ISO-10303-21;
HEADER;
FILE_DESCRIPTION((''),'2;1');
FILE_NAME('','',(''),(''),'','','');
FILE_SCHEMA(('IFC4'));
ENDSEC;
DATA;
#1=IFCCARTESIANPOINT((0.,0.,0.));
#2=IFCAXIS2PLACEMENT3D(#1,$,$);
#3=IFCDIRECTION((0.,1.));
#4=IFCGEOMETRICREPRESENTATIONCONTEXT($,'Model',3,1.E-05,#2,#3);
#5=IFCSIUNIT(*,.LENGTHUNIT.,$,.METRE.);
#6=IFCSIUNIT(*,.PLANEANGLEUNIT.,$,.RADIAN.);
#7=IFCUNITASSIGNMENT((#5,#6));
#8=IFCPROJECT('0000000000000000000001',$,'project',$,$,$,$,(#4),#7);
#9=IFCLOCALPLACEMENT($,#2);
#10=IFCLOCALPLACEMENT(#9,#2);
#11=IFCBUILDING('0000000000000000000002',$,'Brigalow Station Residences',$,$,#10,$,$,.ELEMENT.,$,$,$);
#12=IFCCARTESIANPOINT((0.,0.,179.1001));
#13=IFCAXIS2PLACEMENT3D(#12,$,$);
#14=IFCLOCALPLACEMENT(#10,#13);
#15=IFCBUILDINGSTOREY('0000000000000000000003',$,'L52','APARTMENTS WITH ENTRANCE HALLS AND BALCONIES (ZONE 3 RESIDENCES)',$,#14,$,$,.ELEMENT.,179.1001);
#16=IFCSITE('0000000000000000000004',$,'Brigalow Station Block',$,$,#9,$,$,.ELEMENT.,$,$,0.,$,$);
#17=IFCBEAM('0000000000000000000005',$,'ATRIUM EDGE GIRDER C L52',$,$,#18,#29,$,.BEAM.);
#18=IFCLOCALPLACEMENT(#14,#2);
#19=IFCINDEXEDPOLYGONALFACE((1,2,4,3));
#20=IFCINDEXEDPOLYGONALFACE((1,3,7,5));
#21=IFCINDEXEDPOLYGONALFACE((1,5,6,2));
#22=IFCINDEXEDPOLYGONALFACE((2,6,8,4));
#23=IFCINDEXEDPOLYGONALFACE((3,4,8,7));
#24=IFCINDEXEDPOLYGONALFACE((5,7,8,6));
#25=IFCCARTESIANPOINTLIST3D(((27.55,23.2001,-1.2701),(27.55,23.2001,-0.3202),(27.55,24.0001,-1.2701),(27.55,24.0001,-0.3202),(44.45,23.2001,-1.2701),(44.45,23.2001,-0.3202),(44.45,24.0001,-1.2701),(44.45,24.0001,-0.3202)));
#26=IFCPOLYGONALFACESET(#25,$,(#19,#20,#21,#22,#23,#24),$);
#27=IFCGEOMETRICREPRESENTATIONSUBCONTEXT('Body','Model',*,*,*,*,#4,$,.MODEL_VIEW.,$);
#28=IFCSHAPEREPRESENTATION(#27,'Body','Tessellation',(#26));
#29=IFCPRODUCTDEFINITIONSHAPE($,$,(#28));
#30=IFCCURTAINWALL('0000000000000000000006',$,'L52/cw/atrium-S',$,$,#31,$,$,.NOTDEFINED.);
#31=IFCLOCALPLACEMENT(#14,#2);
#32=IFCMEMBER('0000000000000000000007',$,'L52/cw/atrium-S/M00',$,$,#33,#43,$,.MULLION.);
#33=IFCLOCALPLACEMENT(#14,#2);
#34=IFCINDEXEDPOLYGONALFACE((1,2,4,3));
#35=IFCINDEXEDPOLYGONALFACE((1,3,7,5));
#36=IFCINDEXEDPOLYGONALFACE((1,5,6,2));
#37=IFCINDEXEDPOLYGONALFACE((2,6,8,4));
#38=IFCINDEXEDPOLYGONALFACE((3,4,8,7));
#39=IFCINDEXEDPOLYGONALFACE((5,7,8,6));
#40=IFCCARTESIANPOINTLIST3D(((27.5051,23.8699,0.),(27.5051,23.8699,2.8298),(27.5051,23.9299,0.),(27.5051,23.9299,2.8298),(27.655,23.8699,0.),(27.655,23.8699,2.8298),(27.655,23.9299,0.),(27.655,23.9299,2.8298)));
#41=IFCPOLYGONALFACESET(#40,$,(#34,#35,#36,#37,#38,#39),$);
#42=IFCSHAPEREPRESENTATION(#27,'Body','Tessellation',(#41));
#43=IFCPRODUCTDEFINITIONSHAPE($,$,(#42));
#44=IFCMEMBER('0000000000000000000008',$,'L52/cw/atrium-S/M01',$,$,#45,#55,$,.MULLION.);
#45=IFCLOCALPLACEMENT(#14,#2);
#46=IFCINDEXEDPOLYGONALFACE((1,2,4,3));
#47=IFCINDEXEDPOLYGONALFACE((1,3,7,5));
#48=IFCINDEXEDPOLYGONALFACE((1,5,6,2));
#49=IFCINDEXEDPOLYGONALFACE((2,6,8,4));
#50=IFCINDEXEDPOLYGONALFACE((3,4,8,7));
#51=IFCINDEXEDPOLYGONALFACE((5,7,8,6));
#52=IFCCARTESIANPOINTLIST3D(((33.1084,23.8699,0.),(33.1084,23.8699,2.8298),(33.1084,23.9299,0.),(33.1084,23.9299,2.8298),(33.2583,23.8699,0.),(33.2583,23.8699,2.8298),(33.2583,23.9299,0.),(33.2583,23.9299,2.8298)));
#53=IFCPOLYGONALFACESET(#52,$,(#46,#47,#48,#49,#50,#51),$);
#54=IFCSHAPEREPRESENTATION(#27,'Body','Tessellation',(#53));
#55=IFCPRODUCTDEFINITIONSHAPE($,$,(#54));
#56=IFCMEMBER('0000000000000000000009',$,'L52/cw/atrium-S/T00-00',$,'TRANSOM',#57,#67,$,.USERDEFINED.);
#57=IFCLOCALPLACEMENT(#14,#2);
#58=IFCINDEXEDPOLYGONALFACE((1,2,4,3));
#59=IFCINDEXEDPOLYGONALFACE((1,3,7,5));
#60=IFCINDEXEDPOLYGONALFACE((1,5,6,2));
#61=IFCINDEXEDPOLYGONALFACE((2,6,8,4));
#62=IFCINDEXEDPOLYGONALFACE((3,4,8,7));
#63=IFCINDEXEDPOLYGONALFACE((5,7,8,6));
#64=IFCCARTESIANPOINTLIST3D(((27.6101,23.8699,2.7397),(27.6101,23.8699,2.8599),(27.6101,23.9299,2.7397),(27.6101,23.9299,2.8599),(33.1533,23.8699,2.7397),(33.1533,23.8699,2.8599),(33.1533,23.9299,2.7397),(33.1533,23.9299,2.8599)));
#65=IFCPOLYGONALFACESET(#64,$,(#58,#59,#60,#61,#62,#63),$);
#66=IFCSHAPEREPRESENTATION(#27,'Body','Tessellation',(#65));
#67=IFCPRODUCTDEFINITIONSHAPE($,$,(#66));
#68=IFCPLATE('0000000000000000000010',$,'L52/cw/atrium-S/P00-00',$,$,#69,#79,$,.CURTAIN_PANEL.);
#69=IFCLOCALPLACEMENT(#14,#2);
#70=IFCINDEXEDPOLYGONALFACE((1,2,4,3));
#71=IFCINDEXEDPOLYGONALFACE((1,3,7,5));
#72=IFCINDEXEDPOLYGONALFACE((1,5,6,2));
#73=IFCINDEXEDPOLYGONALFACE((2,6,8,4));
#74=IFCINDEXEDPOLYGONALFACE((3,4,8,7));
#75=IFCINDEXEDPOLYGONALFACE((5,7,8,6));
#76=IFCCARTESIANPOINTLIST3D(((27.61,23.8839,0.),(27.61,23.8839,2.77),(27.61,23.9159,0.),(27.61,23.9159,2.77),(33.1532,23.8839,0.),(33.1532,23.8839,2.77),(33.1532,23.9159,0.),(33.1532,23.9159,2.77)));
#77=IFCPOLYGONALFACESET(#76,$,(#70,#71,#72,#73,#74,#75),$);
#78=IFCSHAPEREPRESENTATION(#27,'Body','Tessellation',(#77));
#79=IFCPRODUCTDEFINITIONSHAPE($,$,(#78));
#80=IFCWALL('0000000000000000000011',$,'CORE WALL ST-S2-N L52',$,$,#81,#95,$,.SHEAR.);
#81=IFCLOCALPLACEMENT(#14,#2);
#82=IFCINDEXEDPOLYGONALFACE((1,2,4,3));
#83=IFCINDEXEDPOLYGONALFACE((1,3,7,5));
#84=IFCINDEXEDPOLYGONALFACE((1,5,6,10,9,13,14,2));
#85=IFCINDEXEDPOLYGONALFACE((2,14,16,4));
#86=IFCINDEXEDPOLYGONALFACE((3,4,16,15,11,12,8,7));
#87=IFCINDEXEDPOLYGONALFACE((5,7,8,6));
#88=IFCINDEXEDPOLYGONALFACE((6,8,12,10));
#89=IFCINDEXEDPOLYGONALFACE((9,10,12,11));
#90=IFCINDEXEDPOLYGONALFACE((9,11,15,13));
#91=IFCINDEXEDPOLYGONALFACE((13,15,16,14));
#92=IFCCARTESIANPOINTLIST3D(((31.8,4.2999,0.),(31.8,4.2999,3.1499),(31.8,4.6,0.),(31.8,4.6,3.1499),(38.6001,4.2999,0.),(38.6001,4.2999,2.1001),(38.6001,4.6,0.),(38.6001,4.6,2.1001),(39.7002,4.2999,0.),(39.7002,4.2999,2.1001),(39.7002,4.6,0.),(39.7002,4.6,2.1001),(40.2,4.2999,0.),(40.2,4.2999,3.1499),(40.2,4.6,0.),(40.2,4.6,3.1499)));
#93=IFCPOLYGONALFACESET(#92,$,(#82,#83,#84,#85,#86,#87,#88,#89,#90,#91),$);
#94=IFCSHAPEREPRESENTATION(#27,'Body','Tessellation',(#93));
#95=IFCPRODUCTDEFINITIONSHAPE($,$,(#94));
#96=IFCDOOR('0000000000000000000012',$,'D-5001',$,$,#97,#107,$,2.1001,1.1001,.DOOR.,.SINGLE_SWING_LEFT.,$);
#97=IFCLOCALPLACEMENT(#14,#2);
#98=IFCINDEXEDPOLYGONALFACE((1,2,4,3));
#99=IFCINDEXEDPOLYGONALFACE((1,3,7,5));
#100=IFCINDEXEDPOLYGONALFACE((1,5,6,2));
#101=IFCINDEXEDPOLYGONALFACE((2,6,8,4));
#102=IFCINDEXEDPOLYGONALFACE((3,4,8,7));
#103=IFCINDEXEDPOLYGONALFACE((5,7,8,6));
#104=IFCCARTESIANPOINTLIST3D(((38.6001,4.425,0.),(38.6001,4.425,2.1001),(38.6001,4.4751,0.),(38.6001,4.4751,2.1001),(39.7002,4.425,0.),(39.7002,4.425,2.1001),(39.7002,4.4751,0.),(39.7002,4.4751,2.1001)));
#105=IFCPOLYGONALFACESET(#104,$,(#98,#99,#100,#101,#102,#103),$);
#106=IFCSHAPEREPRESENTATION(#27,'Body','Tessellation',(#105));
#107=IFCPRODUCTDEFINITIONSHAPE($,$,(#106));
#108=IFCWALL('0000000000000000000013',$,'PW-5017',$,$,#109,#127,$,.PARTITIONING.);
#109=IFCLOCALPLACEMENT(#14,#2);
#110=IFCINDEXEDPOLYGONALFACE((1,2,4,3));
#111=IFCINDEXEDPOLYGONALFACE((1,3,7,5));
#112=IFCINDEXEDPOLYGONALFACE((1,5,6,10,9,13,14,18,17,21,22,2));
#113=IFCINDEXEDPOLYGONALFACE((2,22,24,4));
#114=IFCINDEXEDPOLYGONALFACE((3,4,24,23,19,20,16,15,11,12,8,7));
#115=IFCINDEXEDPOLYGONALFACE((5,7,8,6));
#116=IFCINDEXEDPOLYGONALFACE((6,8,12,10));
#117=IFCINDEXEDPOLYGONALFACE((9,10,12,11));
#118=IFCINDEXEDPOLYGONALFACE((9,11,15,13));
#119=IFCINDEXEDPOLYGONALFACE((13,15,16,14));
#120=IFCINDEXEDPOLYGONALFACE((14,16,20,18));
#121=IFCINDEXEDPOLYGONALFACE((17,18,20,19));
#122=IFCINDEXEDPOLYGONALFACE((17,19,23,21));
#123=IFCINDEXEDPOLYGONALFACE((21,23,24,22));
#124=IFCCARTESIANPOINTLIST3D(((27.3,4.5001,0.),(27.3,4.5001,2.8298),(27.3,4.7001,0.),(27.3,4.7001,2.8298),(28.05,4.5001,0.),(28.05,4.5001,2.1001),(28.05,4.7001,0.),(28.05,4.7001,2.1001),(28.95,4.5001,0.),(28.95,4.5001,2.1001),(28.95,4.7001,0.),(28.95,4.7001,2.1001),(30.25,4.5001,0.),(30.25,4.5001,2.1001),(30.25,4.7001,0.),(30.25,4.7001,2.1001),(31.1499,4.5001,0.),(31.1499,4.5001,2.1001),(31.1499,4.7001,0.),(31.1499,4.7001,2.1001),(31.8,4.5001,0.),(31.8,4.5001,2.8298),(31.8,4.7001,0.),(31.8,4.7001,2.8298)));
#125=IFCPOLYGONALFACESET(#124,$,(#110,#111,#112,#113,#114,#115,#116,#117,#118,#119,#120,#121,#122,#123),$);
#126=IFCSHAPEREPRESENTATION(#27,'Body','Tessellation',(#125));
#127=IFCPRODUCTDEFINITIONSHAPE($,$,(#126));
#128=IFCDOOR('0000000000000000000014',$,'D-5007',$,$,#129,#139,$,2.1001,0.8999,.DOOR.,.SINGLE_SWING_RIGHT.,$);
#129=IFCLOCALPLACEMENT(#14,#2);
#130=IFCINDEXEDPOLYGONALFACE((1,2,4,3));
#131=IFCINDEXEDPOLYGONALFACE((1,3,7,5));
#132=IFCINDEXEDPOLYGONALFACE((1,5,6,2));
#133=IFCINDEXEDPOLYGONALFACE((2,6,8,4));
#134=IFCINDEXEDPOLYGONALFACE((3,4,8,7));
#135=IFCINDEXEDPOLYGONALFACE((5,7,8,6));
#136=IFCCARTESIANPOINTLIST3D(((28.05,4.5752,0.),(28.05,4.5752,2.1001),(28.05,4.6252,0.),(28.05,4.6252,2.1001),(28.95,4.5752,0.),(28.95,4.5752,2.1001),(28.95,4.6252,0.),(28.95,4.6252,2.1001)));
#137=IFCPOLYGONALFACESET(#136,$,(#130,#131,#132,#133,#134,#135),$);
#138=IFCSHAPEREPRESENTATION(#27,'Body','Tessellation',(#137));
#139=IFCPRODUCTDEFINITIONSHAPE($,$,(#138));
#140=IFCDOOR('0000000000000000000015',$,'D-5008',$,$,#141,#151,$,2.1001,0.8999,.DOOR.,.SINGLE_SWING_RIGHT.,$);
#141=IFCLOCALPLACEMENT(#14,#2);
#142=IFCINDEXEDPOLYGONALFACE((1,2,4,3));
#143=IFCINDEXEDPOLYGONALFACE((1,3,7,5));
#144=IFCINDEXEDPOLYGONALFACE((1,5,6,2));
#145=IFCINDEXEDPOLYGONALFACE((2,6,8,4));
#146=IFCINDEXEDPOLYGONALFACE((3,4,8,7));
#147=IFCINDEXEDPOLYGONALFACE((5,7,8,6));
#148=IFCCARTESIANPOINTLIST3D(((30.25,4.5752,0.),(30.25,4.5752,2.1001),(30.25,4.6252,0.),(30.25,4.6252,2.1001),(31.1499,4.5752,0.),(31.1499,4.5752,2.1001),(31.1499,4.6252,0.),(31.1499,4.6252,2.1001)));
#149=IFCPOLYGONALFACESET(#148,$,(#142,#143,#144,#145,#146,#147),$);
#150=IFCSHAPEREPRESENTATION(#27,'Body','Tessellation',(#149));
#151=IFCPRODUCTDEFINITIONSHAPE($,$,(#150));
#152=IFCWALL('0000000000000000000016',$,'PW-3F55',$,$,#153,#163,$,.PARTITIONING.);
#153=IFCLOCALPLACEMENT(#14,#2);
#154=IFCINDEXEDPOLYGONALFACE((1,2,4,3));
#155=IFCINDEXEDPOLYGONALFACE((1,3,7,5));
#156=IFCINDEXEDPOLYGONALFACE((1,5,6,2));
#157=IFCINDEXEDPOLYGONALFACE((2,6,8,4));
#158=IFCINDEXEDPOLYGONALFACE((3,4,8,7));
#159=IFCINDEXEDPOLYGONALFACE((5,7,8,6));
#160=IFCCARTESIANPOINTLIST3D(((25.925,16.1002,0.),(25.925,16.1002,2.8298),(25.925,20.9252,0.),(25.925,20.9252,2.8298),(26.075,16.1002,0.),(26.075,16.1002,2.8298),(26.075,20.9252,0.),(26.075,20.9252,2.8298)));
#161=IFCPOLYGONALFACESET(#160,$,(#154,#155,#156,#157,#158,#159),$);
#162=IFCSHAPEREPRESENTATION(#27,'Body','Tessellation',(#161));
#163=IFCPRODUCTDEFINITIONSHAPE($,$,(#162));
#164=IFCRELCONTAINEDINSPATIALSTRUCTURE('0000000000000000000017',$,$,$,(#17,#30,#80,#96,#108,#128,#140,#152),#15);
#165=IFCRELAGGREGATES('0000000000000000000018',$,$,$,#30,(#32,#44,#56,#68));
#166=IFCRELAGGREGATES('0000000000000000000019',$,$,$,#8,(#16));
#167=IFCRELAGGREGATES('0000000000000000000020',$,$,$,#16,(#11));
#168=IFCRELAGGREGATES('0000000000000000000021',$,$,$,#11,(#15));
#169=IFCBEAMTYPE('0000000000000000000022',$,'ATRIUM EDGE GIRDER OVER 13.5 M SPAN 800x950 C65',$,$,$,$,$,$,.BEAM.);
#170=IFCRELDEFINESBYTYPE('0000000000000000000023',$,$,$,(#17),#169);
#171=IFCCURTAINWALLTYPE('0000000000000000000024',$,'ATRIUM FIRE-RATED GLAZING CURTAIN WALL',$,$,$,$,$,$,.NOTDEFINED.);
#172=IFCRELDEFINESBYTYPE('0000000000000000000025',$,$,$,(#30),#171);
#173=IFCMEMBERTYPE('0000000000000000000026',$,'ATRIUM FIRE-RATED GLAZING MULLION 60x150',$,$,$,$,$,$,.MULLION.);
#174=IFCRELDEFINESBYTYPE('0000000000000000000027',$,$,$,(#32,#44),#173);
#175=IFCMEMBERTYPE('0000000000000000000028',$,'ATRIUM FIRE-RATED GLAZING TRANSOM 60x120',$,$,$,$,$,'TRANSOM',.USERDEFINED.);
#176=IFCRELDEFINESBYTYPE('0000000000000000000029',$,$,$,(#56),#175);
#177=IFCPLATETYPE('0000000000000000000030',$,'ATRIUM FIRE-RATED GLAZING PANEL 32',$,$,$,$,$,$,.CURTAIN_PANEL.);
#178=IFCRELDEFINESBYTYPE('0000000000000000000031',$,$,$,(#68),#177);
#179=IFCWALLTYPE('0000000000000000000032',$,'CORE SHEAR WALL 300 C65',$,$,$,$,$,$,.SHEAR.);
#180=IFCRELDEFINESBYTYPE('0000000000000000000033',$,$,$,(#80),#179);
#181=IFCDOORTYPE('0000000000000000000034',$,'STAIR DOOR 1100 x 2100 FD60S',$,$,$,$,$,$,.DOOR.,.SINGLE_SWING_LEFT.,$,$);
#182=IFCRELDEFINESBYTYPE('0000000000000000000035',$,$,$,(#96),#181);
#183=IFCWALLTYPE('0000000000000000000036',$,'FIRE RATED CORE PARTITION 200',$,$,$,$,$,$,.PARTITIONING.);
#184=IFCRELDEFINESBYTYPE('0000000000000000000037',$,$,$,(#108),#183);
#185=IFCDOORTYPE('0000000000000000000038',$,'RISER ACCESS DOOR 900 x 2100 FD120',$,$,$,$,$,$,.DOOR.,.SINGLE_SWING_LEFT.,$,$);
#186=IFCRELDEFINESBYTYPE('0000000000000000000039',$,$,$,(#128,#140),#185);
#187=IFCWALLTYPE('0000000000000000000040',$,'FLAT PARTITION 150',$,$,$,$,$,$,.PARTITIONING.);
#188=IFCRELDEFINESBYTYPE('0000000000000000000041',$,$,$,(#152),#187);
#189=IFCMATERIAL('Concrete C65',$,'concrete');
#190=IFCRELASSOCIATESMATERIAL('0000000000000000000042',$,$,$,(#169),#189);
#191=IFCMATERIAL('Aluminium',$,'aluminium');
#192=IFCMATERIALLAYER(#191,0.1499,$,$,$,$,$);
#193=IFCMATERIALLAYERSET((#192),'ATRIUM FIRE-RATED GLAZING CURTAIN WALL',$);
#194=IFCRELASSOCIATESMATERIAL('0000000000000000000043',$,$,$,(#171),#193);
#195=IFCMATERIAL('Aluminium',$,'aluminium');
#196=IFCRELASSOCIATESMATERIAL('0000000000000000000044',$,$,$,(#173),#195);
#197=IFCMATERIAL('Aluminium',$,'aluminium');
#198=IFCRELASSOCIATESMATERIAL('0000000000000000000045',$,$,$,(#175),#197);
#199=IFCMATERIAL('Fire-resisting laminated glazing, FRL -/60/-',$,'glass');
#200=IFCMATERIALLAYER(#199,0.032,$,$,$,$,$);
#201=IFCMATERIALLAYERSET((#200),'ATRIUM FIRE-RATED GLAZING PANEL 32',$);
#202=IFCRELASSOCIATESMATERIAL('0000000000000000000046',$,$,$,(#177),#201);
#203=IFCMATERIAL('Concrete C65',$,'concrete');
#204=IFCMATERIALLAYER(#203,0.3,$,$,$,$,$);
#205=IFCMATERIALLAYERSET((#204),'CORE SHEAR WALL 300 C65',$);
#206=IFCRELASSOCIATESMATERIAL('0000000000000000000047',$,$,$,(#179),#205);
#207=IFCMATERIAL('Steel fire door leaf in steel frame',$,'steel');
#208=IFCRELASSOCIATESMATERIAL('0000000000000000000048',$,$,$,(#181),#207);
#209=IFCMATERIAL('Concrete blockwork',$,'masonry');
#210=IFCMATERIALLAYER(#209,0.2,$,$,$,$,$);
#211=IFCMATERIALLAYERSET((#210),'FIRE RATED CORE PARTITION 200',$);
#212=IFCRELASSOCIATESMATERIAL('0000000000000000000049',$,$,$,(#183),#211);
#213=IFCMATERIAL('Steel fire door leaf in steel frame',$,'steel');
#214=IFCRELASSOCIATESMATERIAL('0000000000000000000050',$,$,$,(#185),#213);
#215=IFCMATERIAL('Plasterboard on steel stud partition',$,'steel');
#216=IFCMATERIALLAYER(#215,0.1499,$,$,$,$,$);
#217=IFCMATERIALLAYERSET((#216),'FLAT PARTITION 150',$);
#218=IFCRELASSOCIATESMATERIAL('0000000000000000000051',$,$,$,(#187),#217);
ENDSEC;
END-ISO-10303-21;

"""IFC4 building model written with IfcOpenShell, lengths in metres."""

from ifc_helpers import new_model, si_unit, direction, frame, frame_2d, origin, origin_2d, place, context, subcontext, project, spatial, rectangle, extrude, material, layer, layer_set, material_profile, profile_set, type_object, element, fill, aggregate, save


model = new_model("IFC4")

# Units and contexts
model_context = context("Model", 3, precision=1e-05, world=origin(), true_north=direction((0.0, 1.0)))
body_context = subcontext(model_context, "Body", "Model", "MODEL_VIEW")
ifc_project = project(units=[si_unit("LENGTHUNIT", "METRE"), si_unit("PLANEANGLEUNIT", "RADIAN")], contexts=[model_context])

# Site, building, storey
site_placement = place(None, origin())
site = spatial("IfcSite", under=ifc_project, at=site_placement, Name="Brigalow Station Block", CompositionType="ELEMENT", RefElevation=0.0)
building_placement = place(site_placement, origin())
building = spatial("IfcBuilding", under=site, at=building_placement, Name="Brigalow Station Residences", CompositionType="ELEMENT")
storey_placement = place(building_placement, frame((0.0, 0.0, 179.1001)))
storey = spatial("IfcBuildingStorey", under=building, at=storey_placement, Name="L52", Description="APARTMENTS WITH ENTRANCE HALLS AND BALCONIES (ZONE 3 RESIDENCES)", CompositionType="ELEMENT", Elevation=179.1001)

# Beam
ifc_material_1 = material(Name="Concrete C65", Category="concrete")
ifc_material_profile_1 = material_profile(ifc_material_1, rectangle(XDim=0.8, YDim=0.95, at=origin_2d()), Name="RC800x950")
ifc_profile_set_1 = profile_set([ifc_material_profile_1], Name="Concrete C65")
beam_type = type_object("IfcBeamType", Name="ATRIUM EDGE GIRDER OVER 13.5 M SPAN 800x950 C65", PredefinedType="BEAM", material=ifc_profile_set_1)
beam_placement = place(storey_placement, frame((27.55, 23.6001, -0.7952), z_axis=(1.0, 0.0, 0.0), x_axis=(0.0, 1.0, 0.0)))
element("IfcBeam", 1, at=beam_placement, inside=storey, type_object=beam_type, Name="ATRIUM EDGE GIRDER C L52", PredefinedType="BEAM", context=body_context, shape_type="SweptSolid", body=[
    extrude(rectangle(XDim=0.8, YDim=0.95, at=origin_2d()), origin(), (0.0, 0.0, 1.0), 16.8999),
])

# Curtain wall, members, plate
ifc_material_2 = material(Name="Aluminium", Category="aluminium")
ifc_layer_1 = layer(ifc_material_2, 0.1499)
ifc_layer_set_1 = layer_set([ifc_layer_1], Name="ATRIUM FIRE-RATED GLAZING CURTAIN WALL")
curtain_wall_type = type_object("IfcCurtainWallType", Name="ATRIUM FIRE-RATED GLAZING CURTAIN WALL", PredefinedType="NOTDEFINED", material=ifc_layer_set_1)
curtain_wall_placement = place(storey_placement, origin())
curtain_wall = element("IfcCurtainWall", 2, at=curtain_wall_placement, inside=storey, type_object=curtain_wall_type, Name="L52/cw/atrium-S", PredefinedType="NOTDEFINED")
ifc_material_3 = material(Name="Aluminium", Category="aluminium")
ifc_material_profile_2 = material_profile(ifc_material_3, rectangle(XDim=0.0601, YDim=0.1499, at=origin_2d()), Name="ATRIUM FIRE-RATED GLAZING MULLION 60x150")
ifc_profile_set_2 = profile_set([ifc_material_profile_2], Name="Aluminium")
member_type_1 = type_object("IfcMemberType", Name="ATRIUM FIRE-RATED GLAZING MULLION 60x150", PredefinedType="MULLION", material=ifc_profile_set_2)
member_1_placement = place(storey_placement, frame((27.5801, 23.8999, 0.0), z_axis=(0.0, 0.0, 1.0), x_axis=(0.0, 1.0, 0.0)))
member_1 = element("IfcMember", 3, at=member_1_placement, type_object=member_type_1, Name="L52/cw/atrium-S/M00", PredefinedType="MULLION", context=body_context, shape_type="SweptSolid", body=[
    extrude(rectangle(XDim=0.0601, YDim=0.1499, at=origin_2d()), origin(), (0.0, 0.0, 1.0), 2.8298),
])
member_2_placement = place(storey_placement, frame((33.1833, 23.8999, 0.0), z_axis=(0.0, 0.0, 1.0), x_axis=(0.0, 1.0, 0.0)))
member_2 = element("IfcMember", 4, at=member_2_placement, type_object=member_type_1, Name="L52/cw/atrium-S/M01", PredefinedType="MULLION", context=body_context, shape_type="SweptSolid", body=[
    extrude(rectangle(XDim=0.0601, YDim=0.1499, at=origin_2d()), origin(), (0.0, 0.0, 1.0), 2.8298),
])
ifc_material_4 = material(Name="Aluminium", Category="aluminium")
ifc_material_profile_3 = material_profile(ifc_material_4, rectangle(XDim=0.0601, YDim=0.1201, at=origin_2d()), Name="ATRIUM FIRE-RATED GLAZING TRANSOM 60x120")
ifc_profile_set_3 = profile_set([ifc_material_profile_3], Name="Aluminium")
member_type_2 = type_object("IfcMemberType", Name="ATRIUM FIRE-RATED GLAZING TRANSOM 60x120", ElementType="TRANSOM", PredefinedType="USERDEFINED", material=ifc_profile_set_3)
member_3_placement = place(storey_placement, frame((27.6101, 23.8999, 2.7998), z_axis=(1.0, 0.0, 0.0), x_axis=(0.0, 1.0, 0.0)))
member_3 = element("IfcMember", 5, at=member_3_placement, type_object=member_type_2, Name="L52/cw/atrium-S/T00-00", ObjectType="TRANSOM", PredefinedType="USERDEFINED", context=body_context, shape_type="SweptSolid", body=[
    extrude(rectangle(XDim=0.0601, YDim=0.1201, at=origin_2d()), origin(), (0.0, 0.0, 1.0), 5.5432),
])
ifc_material_5 = material(Name="Fire-resisting laminated glazing, FRL -/60/-", Category="glass")
ifc_layer_2 = layer(ifc_material_5, 0.032)
ifc_layer_set_2 = layer_set([ifc_layer_2], Name="ATRIUM FIRE-RATED GLAZING PANEL 32")
plate_type = type_object("IfcPlateType", Name="ATRIUM FIRE-RATED GLAZING PANEL 32", PredefinedType="CURTAIN_PANEL", material=ifc_layer_set_2)
plate_placement = place(storey_placement, frame((30.3816, 23.8999, 0.0), z_axis=(0.0, 0.0, 1.0), x_axis=(1.0, 0.0, 0.0)))
plate = element("IfcPlate", 6, at=plate_placement, type_object=plate_type, Name="L52/cw/atrium-S/P00-00", PredefinedType="CURTAIN_PANEL", context=body_context, shape_type="SweptSolid", body=[
    extrude(rectangle(XDim=5.5432, YDim=0.032, at=origin_2d()), origin(), (0.0, 0.0, 1.0), 2.77),
])
aggregate(curtain_wall, [member_1, member_2, member_3, plate])

# Wall, opening, door
ifc_material_6 = material(Name="Concrete C65", Category="concrete")
ifc_layer_3 = layer(ifc_material_6, 0.3)
ifc_layer_set_3 = layer_set([ifc_layer_3], Name="CORE SHEAR WALL 300 C65")
wall_type_1 = type_object("IfcWallType", Name="CORE SHEAR WALL 300 C65", PredefinedType="SHEAR", material=ifc_layer_set_3)
wall_1_placement = place(storey_placement, frame((31.8, 4.45, 0.0), z_axis=(0.0, 0.0, 1.0), x_axis=(1.0, 0.0, 0.0)))
wall_1 = element("IfcWall", 7, at=wall_1_placement, inside=storey, type_object=wall_type_1, Name="CORE WALL ST-S2-N L52", PredefinedType="SHEAR", context=body_context, shape_type="SweptSolid", body=[
    extrude(rectangle(XDim=8.3999, YDim=0.3, at=frame_2d((4.2, 0.0))), origin(), (0.0, 0.0, 1.0), 3.1499),
])
opening_1_placement = place(wall_1_placement, frame((6.8, 0.0, 0.0)))
opening_1 = element("IfcOpeningElement", 8, at=opening_1_placement, cuts=wall_1, PredefinedType="OPENING", context=body_context, shape_type="SweptSolid", body=[
    extrude(rectangle(XDim=1.1001, YDim=2.1001, at=frame_2d((0.55, 1.05))), frame((0.0, 0.1602, 0.0), z_axis=(0.0, -1.0, 0.0), x_axis=(1.0, 0.0, 0.0)), (0.0, 0.0, 1.0), 0.3201),
])
ifc_material_7 = material(Name="Steel fire door leaf in steel frame", Category="steel")
door_type_1 = type_object("IfcDoorType", Name="STAIR DOOR 1100 x 2100 FD60S", OperationType="SINGLE_SWING_LEFT", PredefinedType="DOOR", material=ifc_material_7)
door_1_placement = place(opening_1_placement, frame((1.1001, 0.0, 0.0), z_axis=(0.0, 0.0, 1.0), x_axis=(-1.0, 0.0, 0.0)))
door_1 = element("IfcDoor", 9, at=door_1_placement, inside=storey, type_object=door_type_1, Name="D-5001", OperationType="SINGLE_SWING_LEFT", OverallHeight=2.1001, OverallWidth=1.1001, PredefinedType="DOOR", context=body_context, shape_type="SweptSolid", body=[
    extrude(rectangle(XDim=1.1001, YDim=2.1001, at=frame_2d((0.55, 1.05))), frame((0.0, 0.0249, 0.0), z_axis=(0.0, -1.0, 0.0), x_axis=(1.0, 0.0, 0.0)), (0.0, 0.0, 1.0), 0.05),
])
fill(opening_1, door_1)

# Wall, openings, doors
ifc_material_8 = material(Name="Concrete blockwork", Category="masonry")
ifc_layer_4 = layer(ifc_material_8, 0.2)
ifc_layer_set_4 = layer_set([ifc_layer_4], Name="FIRE RATED CORE PARTITION 200")
wall_type_2 = type_object("IfcWallType", Name="FIRE RATED CORE PARTITION 200", PredefinedType="PARTITIONING", material=ifc_layer_set_4)
wall_2_placement = place(storey_placement, frame((27.3, 4.6001, 0.0), z_axis=(0.0, 0.0, 1.0), x_axis=(1.0, 0.0, 0.0)))
wall_2 = element("IfcWall", 10, at=wall_2_placement, inside=storey, type_object=wall_type_2, Name="PW-5017", PredefinedType="PARTITIONING", context=body_context, shape_type="SweptSolid", body=[
    extrude(rectangle(XDim=4.5, YDim=0.2, at=frame_2d((2.25, 0.0))), origin(), (0.0, 0.0, 1.0), 2.8298),
])
opening_2_placement = place(wall_2_placement, frame((0.75, 0.0, 0.0)))
opening_2 = element("IfcOpeningElement", 11, at=opening_2_placement, cuts=wall_2, PredefinedType="OPENING", context=body_context, shape_type="SweptSolid", body=[
    extrude(rectangle(XDim=0.8999, YDim=2.1001, at=frame_2d((0.45, 1.05))), frame((0.0, 0.1099, 0.0), z_axis=(0.0, -1.0, 0.0), x_axis=(1.0, 0.0, 0.0)), (0.0, 0.0, 1.0), 0.22),
])
opening_3_placement = place(wall_2_placement, frame((2.95, 0.0, 0.0)))
opening_3 = element("IfcOpeningElement", 12, at=opening_3_placement, cuts=wall_2, PredefinedType="OPENING", context=body_context, shape_type="SweptSolid", body=[
    extrude(rectangle(XDim=0.8999, YDim=2.1001, at=frame_2d((0.45, 1.05))), frame((0.0, 0.1099, 0.0), z_axis=(0.0, -1.0, 0.0), x_axis=(1.0, 0.0, 0.0)), (0.0, 0.0, 1.0), 0.22),
])
ifc_material_9 = material(Name="Steel fire door leaf in steel frame", Category="steel")
door_type_2 = type_object("IfcDoorType", Name="RISER ACCESS DOOR 900 x 2100 FD120", OperationType="SINGLE_SWING_LEFT", PredefinedType="DOOR", material=ifc_material_9)
door_2_placement = place(opening_2_placement, frame((0.8999, 0.0, 0.0), z_axis=(0.0, 0.0, 1.0), x_axis=(-1.0, 0.0, 0.0)))
door_2 = element("IfcDoor", 13, at=door_2_placement, inside=storey, type_object=door_type_2, Name="D-5007", OperationType="SINGLE_SWING_RIGHT", OverallHeight=2.1001, OverallWidth=0.8999, PredefinedType="DOOR", context=body_context, shape_type="SweptSolid", body=[
    extrude(rectangle(XDim=0.8999, YDim=2.1001, at=frame_2d((0.45, 1.05))), frame((0.0, 0.0249, 0.0), z_axis=(0.0, -1.0, 0.0), x_axis=(1.0, 0.0, 0.0)), (0.0, 0.0, 1.0), 0.05),
])
fill(opening_2, door_2)
door_3_placement = place(opening_3_placement, frame((0.8999, 0.0, 0.0), z_axis=(0.0, 0.0, 1.0), x_axis=(-1.0, 0.0, 0.0)))
door_3 = element("IfcDoor", 14, at=door_3_placement, inside=storey, type_object=door_type_2, Name="D-5008", OperationType="SINGLE_SWING_RIGHT", OverallHeight=2.1001, OverallWidth=0.8999, PredefinedType="DOOR", context=body_context, shape_type="SweptSolid", body=[
    extrude(rectangle(XDim=0.8999, YDim=2.1001, at=frame_2d((0.45, 1.05))), frame((0.0, 0.0249, 0.0), z_axis=(0.0, -1.0, 0.0), x_axis=(1.0, 0.0, 0.0)), (0.0, 0.0, 1.0), 0.05),
])
fill(opening_3, door_3)

# Wall
ifc_material_10 = material(Name="Plasterboard on steel stud partition", Category="steel")
ifc_layer_5 = layer(ifc_material_10, 0.1499)
ifc_layer_set_5 = layer_set([ifc_layer_5], Name="FLAT PARTITION 150")
wall_type_3 = type_object("IfcWallType", Name="FLAT PARTITION 150", PredefinedType="PARTITIONING", material=ifc_layer_set_5)
for number, where, z_axis, x_axis, name in (
    (15, (26.0, 16.1001, 0.0), (0.0, 0.0, 1.0), (0.0, 1.0, 0.0), "PW-3F55"),
):
    element("IfcWall", number, at=place(storey_placement, frame(where, z_axis=z_axis, x_axis=x_axis)), inside=storey, type_object=wall_type_3, Name=name, PredefinedType="PARTITIONING", context=body_context, shape_type="SweptSolid", body=[
        extrude(rectangle(XDim=4.825, YDim=0.1499, at=frame_2d((2.4126, 0.0))), origin(), (0.0, 0.0, 1.0), 2.8298),
    ])

save(model, "model.ifc")
